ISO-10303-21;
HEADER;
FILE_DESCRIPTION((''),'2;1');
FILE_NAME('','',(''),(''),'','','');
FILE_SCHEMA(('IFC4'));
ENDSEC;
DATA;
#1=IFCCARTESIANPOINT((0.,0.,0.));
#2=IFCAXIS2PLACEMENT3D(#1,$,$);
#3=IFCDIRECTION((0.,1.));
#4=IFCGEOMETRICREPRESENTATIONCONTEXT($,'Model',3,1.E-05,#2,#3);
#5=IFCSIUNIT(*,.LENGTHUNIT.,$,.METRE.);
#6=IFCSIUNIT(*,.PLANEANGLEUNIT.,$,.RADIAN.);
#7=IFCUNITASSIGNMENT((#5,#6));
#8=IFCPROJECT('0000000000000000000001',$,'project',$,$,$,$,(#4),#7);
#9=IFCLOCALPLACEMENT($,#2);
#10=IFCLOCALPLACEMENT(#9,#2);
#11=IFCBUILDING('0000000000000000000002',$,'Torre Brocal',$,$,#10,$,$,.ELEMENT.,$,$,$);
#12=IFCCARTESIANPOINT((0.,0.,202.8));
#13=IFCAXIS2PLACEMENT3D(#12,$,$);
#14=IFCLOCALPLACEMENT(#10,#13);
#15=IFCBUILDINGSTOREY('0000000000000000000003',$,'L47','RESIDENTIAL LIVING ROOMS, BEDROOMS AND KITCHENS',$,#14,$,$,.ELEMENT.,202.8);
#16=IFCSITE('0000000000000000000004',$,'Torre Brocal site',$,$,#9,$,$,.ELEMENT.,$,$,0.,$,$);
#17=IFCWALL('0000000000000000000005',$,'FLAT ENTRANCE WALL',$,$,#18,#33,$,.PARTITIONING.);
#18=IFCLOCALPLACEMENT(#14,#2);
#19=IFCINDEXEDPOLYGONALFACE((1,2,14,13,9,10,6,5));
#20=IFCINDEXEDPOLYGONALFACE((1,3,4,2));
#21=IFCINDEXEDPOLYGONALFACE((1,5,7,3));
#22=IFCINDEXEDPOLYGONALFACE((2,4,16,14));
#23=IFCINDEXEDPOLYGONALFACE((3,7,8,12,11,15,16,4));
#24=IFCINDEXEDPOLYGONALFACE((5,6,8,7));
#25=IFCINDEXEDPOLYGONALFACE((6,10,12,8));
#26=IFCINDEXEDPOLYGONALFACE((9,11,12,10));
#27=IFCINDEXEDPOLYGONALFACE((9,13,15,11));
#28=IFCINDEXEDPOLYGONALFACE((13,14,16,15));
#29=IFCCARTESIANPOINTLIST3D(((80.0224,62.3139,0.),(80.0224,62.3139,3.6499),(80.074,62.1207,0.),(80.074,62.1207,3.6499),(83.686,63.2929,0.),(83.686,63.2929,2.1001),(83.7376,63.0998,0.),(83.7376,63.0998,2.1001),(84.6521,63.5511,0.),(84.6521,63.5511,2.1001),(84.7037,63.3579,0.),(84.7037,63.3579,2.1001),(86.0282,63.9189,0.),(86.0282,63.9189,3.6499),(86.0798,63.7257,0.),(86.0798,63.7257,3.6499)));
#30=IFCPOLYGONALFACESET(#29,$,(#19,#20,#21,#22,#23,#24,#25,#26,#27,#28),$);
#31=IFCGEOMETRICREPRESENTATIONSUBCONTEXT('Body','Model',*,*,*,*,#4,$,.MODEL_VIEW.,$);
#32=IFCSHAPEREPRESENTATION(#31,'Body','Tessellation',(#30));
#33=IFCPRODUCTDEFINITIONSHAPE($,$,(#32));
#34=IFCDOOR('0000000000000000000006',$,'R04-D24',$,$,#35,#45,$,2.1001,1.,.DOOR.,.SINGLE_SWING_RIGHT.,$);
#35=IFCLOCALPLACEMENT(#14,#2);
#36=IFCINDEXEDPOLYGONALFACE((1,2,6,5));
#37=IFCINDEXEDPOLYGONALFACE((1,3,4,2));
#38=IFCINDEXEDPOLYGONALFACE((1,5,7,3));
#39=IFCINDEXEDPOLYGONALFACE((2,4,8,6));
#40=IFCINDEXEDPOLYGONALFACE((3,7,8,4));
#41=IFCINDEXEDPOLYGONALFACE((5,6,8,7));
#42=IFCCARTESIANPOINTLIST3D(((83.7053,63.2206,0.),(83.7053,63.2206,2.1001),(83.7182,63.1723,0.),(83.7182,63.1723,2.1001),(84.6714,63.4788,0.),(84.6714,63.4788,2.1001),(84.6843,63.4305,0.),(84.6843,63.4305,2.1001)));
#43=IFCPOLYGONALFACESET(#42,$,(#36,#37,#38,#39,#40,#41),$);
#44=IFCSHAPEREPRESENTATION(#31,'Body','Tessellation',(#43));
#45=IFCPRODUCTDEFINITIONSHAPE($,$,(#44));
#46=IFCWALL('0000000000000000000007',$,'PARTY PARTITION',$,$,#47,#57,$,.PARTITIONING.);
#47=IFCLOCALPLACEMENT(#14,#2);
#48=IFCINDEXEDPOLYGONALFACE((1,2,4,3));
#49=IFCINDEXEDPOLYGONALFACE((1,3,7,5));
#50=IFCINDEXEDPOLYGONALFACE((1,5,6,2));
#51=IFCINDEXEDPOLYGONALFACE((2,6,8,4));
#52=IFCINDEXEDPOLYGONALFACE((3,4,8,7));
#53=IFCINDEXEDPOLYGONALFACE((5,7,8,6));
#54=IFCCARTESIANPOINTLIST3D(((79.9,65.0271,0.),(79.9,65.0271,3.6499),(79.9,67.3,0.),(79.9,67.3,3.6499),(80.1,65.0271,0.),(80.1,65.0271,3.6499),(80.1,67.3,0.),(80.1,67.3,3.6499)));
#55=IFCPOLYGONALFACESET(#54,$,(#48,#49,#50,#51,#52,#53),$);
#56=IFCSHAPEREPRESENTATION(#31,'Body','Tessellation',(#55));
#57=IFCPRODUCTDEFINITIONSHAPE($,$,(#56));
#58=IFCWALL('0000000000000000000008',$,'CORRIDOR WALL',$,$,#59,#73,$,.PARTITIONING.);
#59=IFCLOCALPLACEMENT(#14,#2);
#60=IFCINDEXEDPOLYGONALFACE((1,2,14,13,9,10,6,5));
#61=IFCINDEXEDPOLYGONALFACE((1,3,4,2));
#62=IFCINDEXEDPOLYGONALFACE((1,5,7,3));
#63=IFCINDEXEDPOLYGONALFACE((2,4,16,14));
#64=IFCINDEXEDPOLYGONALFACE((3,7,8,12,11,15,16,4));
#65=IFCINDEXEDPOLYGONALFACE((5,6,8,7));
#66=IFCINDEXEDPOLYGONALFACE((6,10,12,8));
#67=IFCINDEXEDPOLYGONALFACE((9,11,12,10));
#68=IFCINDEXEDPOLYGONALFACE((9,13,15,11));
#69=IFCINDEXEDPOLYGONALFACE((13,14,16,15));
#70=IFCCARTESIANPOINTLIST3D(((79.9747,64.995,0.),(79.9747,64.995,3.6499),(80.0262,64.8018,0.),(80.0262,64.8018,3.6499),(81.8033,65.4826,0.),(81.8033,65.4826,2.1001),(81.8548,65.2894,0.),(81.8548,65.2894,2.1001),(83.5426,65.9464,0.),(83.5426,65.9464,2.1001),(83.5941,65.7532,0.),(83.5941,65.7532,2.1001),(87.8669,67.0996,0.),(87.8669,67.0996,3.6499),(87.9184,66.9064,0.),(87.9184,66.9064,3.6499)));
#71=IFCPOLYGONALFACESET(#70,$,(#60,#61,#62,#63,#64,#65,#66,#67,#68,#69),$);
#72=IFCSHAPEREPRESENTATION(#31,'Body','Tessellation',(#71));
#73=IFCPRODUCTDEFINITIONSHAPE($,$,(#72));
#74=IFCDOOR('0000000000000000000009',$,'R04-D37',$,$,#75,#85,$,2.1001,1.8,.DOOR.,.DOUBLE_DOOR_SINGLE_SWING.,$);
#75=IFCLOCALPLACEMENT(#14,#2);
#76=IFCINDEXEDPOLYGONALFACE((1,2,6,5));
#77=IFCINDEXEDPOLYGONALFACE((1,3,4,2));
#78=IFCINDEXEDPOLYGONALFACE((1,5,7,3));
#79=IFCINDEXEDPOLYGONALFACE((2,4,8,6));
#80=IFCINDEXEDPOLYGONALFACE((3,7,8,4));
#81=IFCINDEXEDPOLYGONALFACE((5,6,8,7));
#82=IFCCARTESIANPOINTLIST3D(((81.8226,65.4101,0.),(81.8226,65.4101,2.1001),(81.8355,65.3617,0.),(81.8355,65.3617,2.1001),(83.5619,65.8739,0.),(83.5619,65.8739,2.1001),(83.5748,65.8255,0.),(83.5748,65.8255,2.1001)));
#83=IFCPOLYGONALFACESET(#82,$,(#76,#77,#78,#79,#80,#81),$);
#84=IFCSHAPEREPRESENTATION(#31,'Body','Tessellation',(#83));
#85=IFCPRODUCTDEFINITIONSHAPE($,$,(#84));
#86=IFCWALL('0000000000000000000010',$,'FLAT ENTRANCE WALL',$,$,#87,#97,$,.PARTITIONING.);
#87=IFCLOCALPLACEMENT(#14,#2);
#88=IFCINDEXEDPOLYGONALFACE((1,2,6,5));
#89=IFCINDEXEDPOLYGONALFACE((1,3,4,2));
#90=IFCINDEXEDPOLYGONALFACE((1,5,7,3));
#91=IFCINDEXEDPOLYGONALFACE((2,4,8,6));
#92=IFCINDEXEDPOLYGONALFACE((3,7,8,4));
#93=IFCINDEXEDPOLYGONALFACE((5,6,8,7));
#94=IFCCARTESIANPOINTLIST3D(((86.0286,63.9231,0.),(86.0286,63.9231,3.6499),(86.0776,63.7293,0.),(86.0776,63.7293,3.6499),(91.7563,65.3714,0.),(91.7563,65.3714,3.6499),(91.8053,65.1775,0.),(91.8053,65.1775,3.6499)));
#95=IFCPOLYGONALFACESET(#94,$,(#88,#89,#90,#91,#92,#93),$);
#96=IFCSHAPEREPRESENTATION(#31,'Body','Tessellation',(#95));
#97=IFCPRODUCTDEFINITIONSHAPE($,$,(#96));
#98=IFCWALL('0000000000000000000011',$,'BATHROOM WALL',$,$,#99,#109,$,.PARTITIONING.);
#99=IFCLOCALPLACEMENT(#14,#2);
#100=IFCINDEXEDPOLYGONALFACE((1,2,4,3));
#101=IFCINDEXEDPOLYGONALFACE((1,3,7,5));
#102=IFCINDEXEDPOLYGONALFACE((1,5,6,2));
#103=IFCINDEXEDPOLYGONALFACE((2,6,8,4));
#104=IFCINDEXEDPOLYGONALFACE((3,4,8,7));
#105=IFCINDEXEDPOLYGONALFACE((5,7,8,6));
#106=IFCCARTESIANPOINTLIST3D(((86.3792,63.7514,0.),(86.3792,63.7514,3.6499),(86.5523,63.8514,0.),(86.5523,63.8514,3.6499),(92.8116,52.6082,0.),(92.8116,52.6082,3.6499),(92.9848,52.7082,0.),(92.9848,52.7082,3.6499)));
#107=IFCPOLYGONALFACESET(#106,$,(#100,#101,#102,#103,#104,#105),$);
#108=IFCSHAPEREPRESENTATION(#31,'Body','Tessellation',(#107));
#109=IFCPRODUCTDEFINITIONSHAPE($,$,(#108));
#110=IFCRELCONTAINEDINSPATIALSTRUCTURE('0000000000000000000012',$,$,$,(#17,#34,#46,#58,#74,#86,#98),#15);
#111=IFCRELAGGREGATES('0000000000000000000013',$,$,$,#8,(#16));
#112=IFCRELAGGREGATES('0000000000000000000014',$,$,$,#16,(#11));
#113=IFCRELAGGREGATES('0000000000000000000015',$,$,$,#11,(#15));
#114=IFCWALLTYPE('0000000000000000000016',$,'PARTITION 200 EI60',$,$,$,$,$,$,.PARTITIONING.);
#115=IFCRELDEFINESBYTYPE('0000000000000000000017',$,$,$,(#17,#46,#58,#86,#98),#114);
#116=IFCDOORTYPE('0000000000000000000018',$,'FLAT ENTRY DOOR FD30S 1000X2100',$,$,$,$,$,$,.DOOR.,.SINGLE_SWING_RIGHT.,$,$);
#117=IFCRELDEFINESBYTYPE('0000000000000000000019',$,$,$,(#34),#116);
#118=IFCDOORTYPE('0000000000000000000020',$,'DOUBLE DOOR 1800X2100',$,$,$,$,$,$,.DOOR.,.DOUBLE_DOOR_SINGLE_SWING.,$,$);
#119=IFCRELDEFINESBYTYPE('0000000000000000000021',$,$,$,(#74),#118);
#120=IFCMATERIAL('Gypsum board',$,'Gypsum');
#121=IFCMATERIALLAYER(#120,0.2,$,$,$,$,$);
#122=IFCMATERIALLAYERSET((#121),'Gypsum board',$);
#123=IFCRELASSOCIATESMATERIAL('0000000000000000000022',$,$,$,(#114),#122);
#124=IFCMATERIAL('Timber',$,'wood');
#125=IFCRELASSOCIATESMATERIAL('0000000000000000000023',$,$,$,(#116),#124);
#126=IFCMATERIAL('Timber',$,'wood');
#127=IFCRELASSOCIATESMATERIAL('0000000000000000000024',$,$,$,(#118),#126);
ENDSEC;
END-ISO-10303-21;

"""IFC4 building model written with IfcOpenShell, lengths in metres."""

from ifc_helpers import new_model, si_unit, direction, frame, frame_2d, origin, place, context, subcontext, project, spatial, rectangle, extrude, material, layer, layer_set, type_object, element, fill, save


model = new_model("IFC4")

# Units and contexts
model_context = context("Model", 3, precision=1e-05, world=origin(), true_north=direction((0.0, 1.0)))
body_context = subcontext(model_context, "Body", "Model", "MODEL_VIEW")
ifc_project = project(units=[si_unit("LENGTHUNIT", "METRE"), si_unit("PLANEANGLEUNIT", "RADIAN")], contexts=[model_context])

# Site, building, storey
site_placement = place(None, origin())
site = spatial("IfcSite", under=ifc_project, at=site_placement, Name="Torre Brocal site", CompositionType="ELEMENT", RefElevation=0.0)
building_placement = place(site_placement, origin())
building = spatial("IfcBuilding", under=site, at=building_placement, Name="Torre Brocal", CompositionType="ELEMENT")
storey_placement = place(building_placement, frame((0.0, 0.0, 202.8)))
storey = spatial("IfcBuildingStorey", under=building, at=storey_placement, Name="L47", Description="RESIDENTIAL LIVING ROOMS, BEDROOMS AND KITCHENS", CompositionType="ELEMENT", Elevation=202.8)

# Wall, opening, door
ifc_material_1 = material(Name="Gypsum board", Category="Gypsum")
ifc_layer_1 = layer(ifc_material_1, 0.2)
ifc_layer_set_1 = layer_set([ifc_layer_1], Name="Gypsum board")
wall_type_1 = type_object("IfcWallType", Name="PARTITION 200 EI60", PredefinedType="PARTITIONING", material=ifc_layer_set_1)
wall_1_placement = place(storey_placement, frame((80.0481, 62.2173, 0.0), z_axis=(0.0, 0.0, 1.0), x_axis=(0.966098, 0.258176, 0.0)))
wall_1 = element("IfcWall", 1, at=wall_1_placement, inside=storey, type_object=wall_type_1, Name="FLAT ENTRANCE WALL", PredefinedType="PARTITIONING", context=body_context, shape_type="SweptSolid", body=[
    extrude(rectangle(XDim=6.2166, YDim=0.2, at=frame_2d((3.1084, 0.0))), origin(), (0.0, 0.0, 1.0), 3.6499),
])
opening_1_placement = place(wall_1_placement, frame((3.7922, 0.0, 0.0)))
opening_1 = element("IfcOpeningElement", 2, at=opening_1_placement, cuts=wall_1, PredefinedType="OPENING", context=body_context, shape_type="SweptSolid", body=[
    extrude(rectangle(XDim=1.0, YDim=2.1001, at=frame_2d((0.5, 1.05))), frame((0.0, 0.1099, 0.0), z_axis=(0.0, -1.0, 0.0), x_axis=(1.0, 0.0, 0.0)), (0.0, 0.0, 1.0), 0.22),
])
ifc_material_2 = material(Name="Timber", Category="wood")
door_type_1 = type_object("IfcDoorType", Name="FLAT ENTRY DOOR FD30S 1000X2100", OperationType="SINGLE_SWING_RIGHT", PredefinedType="DOOR", material=ifc_material_2)
door_1_placement = place(opening_1_placement, frame((1.0, 0.0, 0.0), z_axis=(0.0, 0.0, 1.0), x_axis=(-1.0, 0.0, 0.0)))
door_1 = element("IfcDoor", 3, at=door_1_placement, inside=storey, type_object=door_type_1, Name="R04-D24", OperationType="SINGLE_SWING_RIGHT", OverallHeight=2.1001, OverallWidth=1.0, PredefinedType="DOOR", context=body_context, shape_type="SweptSolid", body=[
    extrude(rectangle(XDim=1.0, YDim=2.1001, at=frame_2d((0.5, 1.05))), frame((0.0, 0.0249, 0.0), z_axis=(0.0, -1.0, 0.0), x_axis=(1.0, 0.0, 0.0)), (0.0, 0.0, 1.0), 0.05),
])
fill(opening_1, door_1)

# Wall
wall_2_placement = place(storey_placement, frame((80.0, 65.0271, 0.0), z_axis=(0.0, 0.0, 1.0), x_axis=(0.0, 1.0, 0.0)))
element("IfcWall", 4, at=wall_2_placement, inside=storey, type_object=wall_type_1, Name="PARTY PARTITION", PredefinedType="PARTITIONING", context=body_context, shape_type="SweptSolid", body=[
    extrude(rectangle(XDim=2.2729, YDim=0.2, at=frame_2d((1.1365, 0.0))), origin(), (0.0, 0.0, 1.0), 3.6499),
])

# Wall, opening, door
wall_3_placement = place(storey_placement, frame((80.0005, 64.8984, 0.0), z_axis=(0.0, 0.0, 1.0), x_axis=(0.966237, 0.257655, 0.0)))
wall_3 = element("IfcWall", 5, at=wall_3_placement, inside=storey, type_object=wall_type_1, Name="CORRIDOR WALL", PredefinedType="PARTITIONING", context=body_context, shape_type="SweptSolid", body=[
    extrude(rectangle(XDim=8.168, YDim=0.2, at=frame_2d((4.084, 0.0))), origin(), (0.0, 0.0, 1.0), 3.6499),
])
opening_2_placement = place(wall_3_placement, frame((1.8926, 0.0, 0.0)))
opening_2 = element("IfcOpeningElement", 6, at=opening_2_placement, cuts=wall_3, PredefinedType="OPENING", context=body_context, shape_type="SweptSolid", body=[
    extrude(rectangle(XDim=1.8, YDim=2.1001, at=frame_2d((0.8999, 1.05))), frame((0.0, 0.1099, 0.0), z_axis=(0.0, -1.0, 0.0), x_axis=(1.0, 0.0, 0.0)), (0.0, 0.0, 1.0), 0.22),
])
ifc_material_3 = material(Name="Timber", Category="wood")
door_type_2 = type_object("IfcDoorType", Name="DOUBLE DOOR 1800X2100", OperationType="DOUBLE_DOOR_SINGLE_SWING", PredefinedType="DOOR", material=ifc_material_3)
door_2_placement = place(opening_2_placement, origin())
door_2 = element("IfcDoor", 7, at=door_2_placement, inside=storey, type_object=door_type_2, Name="R04-D37", OperationType="DOUBLE_DOOR_SINGLE_SWING", OverallHeight=2.1001, OverallWidth=1.8, PredefinedType="DOOR", context=body_context, shape_type="SweptSolid", body=[
    extrude(rectangle(XDim=1.8, YDim=2.1001, at=frame_2d((0.8999, 1.05))), frame((0.0, 0.0249, 0.0), z_axis=(0.0, -1.0, 0.0), x_axis=(1.0, 0.0, 0.0)), (0.0, 0.0, 1.0), 0.05),
])
fill(opening_2, door_2)

# Walls
wall_4_placement = place(storey_placement, frame((86.053, 63.8262, 0.0), z_axis=(0.0, 0.0, 1.0), x_axis=(0.96949, 0.245131, 0.0)))
element("IfcWall", 8, at=wall_4_placement, inside=storey, type_object=wall_type_1, Name="FLAT ENTRANCE WALL", PredefinedType="PARTITIONING", context=body_context, shape_type="SweptSolid", body=[
    extrude(rectangle(XDim=5.908, YDim=0.2, at=frame_2d((2.9541, 0.0))), origin(), (0.0, 0.0, 1.0), 3.6499),
])
wall_5_placement = place(storey_placement, frame((86.4658, 63.8013, 0.0), z_axis=(0.0, 0.0, 1.0), x_axis=(0.499937, -0.866062, 0.0)))
element("IfcWall", 9, at=wall_5_placement, inside=storey, type_object=wall_type_1, Name="BATHROOM WALL", PredefinedType="PARTITIONING", context=body_context, shape_type="SweptSolid", body=[
    extrude(rectangle(XDim=12.8665, YDim=0.2, at=frame_2d((6.4331, 0.0))), origin(), (0.0, 0.0, 1.0), 3.6499),
])

save(model, "model.ifc")
